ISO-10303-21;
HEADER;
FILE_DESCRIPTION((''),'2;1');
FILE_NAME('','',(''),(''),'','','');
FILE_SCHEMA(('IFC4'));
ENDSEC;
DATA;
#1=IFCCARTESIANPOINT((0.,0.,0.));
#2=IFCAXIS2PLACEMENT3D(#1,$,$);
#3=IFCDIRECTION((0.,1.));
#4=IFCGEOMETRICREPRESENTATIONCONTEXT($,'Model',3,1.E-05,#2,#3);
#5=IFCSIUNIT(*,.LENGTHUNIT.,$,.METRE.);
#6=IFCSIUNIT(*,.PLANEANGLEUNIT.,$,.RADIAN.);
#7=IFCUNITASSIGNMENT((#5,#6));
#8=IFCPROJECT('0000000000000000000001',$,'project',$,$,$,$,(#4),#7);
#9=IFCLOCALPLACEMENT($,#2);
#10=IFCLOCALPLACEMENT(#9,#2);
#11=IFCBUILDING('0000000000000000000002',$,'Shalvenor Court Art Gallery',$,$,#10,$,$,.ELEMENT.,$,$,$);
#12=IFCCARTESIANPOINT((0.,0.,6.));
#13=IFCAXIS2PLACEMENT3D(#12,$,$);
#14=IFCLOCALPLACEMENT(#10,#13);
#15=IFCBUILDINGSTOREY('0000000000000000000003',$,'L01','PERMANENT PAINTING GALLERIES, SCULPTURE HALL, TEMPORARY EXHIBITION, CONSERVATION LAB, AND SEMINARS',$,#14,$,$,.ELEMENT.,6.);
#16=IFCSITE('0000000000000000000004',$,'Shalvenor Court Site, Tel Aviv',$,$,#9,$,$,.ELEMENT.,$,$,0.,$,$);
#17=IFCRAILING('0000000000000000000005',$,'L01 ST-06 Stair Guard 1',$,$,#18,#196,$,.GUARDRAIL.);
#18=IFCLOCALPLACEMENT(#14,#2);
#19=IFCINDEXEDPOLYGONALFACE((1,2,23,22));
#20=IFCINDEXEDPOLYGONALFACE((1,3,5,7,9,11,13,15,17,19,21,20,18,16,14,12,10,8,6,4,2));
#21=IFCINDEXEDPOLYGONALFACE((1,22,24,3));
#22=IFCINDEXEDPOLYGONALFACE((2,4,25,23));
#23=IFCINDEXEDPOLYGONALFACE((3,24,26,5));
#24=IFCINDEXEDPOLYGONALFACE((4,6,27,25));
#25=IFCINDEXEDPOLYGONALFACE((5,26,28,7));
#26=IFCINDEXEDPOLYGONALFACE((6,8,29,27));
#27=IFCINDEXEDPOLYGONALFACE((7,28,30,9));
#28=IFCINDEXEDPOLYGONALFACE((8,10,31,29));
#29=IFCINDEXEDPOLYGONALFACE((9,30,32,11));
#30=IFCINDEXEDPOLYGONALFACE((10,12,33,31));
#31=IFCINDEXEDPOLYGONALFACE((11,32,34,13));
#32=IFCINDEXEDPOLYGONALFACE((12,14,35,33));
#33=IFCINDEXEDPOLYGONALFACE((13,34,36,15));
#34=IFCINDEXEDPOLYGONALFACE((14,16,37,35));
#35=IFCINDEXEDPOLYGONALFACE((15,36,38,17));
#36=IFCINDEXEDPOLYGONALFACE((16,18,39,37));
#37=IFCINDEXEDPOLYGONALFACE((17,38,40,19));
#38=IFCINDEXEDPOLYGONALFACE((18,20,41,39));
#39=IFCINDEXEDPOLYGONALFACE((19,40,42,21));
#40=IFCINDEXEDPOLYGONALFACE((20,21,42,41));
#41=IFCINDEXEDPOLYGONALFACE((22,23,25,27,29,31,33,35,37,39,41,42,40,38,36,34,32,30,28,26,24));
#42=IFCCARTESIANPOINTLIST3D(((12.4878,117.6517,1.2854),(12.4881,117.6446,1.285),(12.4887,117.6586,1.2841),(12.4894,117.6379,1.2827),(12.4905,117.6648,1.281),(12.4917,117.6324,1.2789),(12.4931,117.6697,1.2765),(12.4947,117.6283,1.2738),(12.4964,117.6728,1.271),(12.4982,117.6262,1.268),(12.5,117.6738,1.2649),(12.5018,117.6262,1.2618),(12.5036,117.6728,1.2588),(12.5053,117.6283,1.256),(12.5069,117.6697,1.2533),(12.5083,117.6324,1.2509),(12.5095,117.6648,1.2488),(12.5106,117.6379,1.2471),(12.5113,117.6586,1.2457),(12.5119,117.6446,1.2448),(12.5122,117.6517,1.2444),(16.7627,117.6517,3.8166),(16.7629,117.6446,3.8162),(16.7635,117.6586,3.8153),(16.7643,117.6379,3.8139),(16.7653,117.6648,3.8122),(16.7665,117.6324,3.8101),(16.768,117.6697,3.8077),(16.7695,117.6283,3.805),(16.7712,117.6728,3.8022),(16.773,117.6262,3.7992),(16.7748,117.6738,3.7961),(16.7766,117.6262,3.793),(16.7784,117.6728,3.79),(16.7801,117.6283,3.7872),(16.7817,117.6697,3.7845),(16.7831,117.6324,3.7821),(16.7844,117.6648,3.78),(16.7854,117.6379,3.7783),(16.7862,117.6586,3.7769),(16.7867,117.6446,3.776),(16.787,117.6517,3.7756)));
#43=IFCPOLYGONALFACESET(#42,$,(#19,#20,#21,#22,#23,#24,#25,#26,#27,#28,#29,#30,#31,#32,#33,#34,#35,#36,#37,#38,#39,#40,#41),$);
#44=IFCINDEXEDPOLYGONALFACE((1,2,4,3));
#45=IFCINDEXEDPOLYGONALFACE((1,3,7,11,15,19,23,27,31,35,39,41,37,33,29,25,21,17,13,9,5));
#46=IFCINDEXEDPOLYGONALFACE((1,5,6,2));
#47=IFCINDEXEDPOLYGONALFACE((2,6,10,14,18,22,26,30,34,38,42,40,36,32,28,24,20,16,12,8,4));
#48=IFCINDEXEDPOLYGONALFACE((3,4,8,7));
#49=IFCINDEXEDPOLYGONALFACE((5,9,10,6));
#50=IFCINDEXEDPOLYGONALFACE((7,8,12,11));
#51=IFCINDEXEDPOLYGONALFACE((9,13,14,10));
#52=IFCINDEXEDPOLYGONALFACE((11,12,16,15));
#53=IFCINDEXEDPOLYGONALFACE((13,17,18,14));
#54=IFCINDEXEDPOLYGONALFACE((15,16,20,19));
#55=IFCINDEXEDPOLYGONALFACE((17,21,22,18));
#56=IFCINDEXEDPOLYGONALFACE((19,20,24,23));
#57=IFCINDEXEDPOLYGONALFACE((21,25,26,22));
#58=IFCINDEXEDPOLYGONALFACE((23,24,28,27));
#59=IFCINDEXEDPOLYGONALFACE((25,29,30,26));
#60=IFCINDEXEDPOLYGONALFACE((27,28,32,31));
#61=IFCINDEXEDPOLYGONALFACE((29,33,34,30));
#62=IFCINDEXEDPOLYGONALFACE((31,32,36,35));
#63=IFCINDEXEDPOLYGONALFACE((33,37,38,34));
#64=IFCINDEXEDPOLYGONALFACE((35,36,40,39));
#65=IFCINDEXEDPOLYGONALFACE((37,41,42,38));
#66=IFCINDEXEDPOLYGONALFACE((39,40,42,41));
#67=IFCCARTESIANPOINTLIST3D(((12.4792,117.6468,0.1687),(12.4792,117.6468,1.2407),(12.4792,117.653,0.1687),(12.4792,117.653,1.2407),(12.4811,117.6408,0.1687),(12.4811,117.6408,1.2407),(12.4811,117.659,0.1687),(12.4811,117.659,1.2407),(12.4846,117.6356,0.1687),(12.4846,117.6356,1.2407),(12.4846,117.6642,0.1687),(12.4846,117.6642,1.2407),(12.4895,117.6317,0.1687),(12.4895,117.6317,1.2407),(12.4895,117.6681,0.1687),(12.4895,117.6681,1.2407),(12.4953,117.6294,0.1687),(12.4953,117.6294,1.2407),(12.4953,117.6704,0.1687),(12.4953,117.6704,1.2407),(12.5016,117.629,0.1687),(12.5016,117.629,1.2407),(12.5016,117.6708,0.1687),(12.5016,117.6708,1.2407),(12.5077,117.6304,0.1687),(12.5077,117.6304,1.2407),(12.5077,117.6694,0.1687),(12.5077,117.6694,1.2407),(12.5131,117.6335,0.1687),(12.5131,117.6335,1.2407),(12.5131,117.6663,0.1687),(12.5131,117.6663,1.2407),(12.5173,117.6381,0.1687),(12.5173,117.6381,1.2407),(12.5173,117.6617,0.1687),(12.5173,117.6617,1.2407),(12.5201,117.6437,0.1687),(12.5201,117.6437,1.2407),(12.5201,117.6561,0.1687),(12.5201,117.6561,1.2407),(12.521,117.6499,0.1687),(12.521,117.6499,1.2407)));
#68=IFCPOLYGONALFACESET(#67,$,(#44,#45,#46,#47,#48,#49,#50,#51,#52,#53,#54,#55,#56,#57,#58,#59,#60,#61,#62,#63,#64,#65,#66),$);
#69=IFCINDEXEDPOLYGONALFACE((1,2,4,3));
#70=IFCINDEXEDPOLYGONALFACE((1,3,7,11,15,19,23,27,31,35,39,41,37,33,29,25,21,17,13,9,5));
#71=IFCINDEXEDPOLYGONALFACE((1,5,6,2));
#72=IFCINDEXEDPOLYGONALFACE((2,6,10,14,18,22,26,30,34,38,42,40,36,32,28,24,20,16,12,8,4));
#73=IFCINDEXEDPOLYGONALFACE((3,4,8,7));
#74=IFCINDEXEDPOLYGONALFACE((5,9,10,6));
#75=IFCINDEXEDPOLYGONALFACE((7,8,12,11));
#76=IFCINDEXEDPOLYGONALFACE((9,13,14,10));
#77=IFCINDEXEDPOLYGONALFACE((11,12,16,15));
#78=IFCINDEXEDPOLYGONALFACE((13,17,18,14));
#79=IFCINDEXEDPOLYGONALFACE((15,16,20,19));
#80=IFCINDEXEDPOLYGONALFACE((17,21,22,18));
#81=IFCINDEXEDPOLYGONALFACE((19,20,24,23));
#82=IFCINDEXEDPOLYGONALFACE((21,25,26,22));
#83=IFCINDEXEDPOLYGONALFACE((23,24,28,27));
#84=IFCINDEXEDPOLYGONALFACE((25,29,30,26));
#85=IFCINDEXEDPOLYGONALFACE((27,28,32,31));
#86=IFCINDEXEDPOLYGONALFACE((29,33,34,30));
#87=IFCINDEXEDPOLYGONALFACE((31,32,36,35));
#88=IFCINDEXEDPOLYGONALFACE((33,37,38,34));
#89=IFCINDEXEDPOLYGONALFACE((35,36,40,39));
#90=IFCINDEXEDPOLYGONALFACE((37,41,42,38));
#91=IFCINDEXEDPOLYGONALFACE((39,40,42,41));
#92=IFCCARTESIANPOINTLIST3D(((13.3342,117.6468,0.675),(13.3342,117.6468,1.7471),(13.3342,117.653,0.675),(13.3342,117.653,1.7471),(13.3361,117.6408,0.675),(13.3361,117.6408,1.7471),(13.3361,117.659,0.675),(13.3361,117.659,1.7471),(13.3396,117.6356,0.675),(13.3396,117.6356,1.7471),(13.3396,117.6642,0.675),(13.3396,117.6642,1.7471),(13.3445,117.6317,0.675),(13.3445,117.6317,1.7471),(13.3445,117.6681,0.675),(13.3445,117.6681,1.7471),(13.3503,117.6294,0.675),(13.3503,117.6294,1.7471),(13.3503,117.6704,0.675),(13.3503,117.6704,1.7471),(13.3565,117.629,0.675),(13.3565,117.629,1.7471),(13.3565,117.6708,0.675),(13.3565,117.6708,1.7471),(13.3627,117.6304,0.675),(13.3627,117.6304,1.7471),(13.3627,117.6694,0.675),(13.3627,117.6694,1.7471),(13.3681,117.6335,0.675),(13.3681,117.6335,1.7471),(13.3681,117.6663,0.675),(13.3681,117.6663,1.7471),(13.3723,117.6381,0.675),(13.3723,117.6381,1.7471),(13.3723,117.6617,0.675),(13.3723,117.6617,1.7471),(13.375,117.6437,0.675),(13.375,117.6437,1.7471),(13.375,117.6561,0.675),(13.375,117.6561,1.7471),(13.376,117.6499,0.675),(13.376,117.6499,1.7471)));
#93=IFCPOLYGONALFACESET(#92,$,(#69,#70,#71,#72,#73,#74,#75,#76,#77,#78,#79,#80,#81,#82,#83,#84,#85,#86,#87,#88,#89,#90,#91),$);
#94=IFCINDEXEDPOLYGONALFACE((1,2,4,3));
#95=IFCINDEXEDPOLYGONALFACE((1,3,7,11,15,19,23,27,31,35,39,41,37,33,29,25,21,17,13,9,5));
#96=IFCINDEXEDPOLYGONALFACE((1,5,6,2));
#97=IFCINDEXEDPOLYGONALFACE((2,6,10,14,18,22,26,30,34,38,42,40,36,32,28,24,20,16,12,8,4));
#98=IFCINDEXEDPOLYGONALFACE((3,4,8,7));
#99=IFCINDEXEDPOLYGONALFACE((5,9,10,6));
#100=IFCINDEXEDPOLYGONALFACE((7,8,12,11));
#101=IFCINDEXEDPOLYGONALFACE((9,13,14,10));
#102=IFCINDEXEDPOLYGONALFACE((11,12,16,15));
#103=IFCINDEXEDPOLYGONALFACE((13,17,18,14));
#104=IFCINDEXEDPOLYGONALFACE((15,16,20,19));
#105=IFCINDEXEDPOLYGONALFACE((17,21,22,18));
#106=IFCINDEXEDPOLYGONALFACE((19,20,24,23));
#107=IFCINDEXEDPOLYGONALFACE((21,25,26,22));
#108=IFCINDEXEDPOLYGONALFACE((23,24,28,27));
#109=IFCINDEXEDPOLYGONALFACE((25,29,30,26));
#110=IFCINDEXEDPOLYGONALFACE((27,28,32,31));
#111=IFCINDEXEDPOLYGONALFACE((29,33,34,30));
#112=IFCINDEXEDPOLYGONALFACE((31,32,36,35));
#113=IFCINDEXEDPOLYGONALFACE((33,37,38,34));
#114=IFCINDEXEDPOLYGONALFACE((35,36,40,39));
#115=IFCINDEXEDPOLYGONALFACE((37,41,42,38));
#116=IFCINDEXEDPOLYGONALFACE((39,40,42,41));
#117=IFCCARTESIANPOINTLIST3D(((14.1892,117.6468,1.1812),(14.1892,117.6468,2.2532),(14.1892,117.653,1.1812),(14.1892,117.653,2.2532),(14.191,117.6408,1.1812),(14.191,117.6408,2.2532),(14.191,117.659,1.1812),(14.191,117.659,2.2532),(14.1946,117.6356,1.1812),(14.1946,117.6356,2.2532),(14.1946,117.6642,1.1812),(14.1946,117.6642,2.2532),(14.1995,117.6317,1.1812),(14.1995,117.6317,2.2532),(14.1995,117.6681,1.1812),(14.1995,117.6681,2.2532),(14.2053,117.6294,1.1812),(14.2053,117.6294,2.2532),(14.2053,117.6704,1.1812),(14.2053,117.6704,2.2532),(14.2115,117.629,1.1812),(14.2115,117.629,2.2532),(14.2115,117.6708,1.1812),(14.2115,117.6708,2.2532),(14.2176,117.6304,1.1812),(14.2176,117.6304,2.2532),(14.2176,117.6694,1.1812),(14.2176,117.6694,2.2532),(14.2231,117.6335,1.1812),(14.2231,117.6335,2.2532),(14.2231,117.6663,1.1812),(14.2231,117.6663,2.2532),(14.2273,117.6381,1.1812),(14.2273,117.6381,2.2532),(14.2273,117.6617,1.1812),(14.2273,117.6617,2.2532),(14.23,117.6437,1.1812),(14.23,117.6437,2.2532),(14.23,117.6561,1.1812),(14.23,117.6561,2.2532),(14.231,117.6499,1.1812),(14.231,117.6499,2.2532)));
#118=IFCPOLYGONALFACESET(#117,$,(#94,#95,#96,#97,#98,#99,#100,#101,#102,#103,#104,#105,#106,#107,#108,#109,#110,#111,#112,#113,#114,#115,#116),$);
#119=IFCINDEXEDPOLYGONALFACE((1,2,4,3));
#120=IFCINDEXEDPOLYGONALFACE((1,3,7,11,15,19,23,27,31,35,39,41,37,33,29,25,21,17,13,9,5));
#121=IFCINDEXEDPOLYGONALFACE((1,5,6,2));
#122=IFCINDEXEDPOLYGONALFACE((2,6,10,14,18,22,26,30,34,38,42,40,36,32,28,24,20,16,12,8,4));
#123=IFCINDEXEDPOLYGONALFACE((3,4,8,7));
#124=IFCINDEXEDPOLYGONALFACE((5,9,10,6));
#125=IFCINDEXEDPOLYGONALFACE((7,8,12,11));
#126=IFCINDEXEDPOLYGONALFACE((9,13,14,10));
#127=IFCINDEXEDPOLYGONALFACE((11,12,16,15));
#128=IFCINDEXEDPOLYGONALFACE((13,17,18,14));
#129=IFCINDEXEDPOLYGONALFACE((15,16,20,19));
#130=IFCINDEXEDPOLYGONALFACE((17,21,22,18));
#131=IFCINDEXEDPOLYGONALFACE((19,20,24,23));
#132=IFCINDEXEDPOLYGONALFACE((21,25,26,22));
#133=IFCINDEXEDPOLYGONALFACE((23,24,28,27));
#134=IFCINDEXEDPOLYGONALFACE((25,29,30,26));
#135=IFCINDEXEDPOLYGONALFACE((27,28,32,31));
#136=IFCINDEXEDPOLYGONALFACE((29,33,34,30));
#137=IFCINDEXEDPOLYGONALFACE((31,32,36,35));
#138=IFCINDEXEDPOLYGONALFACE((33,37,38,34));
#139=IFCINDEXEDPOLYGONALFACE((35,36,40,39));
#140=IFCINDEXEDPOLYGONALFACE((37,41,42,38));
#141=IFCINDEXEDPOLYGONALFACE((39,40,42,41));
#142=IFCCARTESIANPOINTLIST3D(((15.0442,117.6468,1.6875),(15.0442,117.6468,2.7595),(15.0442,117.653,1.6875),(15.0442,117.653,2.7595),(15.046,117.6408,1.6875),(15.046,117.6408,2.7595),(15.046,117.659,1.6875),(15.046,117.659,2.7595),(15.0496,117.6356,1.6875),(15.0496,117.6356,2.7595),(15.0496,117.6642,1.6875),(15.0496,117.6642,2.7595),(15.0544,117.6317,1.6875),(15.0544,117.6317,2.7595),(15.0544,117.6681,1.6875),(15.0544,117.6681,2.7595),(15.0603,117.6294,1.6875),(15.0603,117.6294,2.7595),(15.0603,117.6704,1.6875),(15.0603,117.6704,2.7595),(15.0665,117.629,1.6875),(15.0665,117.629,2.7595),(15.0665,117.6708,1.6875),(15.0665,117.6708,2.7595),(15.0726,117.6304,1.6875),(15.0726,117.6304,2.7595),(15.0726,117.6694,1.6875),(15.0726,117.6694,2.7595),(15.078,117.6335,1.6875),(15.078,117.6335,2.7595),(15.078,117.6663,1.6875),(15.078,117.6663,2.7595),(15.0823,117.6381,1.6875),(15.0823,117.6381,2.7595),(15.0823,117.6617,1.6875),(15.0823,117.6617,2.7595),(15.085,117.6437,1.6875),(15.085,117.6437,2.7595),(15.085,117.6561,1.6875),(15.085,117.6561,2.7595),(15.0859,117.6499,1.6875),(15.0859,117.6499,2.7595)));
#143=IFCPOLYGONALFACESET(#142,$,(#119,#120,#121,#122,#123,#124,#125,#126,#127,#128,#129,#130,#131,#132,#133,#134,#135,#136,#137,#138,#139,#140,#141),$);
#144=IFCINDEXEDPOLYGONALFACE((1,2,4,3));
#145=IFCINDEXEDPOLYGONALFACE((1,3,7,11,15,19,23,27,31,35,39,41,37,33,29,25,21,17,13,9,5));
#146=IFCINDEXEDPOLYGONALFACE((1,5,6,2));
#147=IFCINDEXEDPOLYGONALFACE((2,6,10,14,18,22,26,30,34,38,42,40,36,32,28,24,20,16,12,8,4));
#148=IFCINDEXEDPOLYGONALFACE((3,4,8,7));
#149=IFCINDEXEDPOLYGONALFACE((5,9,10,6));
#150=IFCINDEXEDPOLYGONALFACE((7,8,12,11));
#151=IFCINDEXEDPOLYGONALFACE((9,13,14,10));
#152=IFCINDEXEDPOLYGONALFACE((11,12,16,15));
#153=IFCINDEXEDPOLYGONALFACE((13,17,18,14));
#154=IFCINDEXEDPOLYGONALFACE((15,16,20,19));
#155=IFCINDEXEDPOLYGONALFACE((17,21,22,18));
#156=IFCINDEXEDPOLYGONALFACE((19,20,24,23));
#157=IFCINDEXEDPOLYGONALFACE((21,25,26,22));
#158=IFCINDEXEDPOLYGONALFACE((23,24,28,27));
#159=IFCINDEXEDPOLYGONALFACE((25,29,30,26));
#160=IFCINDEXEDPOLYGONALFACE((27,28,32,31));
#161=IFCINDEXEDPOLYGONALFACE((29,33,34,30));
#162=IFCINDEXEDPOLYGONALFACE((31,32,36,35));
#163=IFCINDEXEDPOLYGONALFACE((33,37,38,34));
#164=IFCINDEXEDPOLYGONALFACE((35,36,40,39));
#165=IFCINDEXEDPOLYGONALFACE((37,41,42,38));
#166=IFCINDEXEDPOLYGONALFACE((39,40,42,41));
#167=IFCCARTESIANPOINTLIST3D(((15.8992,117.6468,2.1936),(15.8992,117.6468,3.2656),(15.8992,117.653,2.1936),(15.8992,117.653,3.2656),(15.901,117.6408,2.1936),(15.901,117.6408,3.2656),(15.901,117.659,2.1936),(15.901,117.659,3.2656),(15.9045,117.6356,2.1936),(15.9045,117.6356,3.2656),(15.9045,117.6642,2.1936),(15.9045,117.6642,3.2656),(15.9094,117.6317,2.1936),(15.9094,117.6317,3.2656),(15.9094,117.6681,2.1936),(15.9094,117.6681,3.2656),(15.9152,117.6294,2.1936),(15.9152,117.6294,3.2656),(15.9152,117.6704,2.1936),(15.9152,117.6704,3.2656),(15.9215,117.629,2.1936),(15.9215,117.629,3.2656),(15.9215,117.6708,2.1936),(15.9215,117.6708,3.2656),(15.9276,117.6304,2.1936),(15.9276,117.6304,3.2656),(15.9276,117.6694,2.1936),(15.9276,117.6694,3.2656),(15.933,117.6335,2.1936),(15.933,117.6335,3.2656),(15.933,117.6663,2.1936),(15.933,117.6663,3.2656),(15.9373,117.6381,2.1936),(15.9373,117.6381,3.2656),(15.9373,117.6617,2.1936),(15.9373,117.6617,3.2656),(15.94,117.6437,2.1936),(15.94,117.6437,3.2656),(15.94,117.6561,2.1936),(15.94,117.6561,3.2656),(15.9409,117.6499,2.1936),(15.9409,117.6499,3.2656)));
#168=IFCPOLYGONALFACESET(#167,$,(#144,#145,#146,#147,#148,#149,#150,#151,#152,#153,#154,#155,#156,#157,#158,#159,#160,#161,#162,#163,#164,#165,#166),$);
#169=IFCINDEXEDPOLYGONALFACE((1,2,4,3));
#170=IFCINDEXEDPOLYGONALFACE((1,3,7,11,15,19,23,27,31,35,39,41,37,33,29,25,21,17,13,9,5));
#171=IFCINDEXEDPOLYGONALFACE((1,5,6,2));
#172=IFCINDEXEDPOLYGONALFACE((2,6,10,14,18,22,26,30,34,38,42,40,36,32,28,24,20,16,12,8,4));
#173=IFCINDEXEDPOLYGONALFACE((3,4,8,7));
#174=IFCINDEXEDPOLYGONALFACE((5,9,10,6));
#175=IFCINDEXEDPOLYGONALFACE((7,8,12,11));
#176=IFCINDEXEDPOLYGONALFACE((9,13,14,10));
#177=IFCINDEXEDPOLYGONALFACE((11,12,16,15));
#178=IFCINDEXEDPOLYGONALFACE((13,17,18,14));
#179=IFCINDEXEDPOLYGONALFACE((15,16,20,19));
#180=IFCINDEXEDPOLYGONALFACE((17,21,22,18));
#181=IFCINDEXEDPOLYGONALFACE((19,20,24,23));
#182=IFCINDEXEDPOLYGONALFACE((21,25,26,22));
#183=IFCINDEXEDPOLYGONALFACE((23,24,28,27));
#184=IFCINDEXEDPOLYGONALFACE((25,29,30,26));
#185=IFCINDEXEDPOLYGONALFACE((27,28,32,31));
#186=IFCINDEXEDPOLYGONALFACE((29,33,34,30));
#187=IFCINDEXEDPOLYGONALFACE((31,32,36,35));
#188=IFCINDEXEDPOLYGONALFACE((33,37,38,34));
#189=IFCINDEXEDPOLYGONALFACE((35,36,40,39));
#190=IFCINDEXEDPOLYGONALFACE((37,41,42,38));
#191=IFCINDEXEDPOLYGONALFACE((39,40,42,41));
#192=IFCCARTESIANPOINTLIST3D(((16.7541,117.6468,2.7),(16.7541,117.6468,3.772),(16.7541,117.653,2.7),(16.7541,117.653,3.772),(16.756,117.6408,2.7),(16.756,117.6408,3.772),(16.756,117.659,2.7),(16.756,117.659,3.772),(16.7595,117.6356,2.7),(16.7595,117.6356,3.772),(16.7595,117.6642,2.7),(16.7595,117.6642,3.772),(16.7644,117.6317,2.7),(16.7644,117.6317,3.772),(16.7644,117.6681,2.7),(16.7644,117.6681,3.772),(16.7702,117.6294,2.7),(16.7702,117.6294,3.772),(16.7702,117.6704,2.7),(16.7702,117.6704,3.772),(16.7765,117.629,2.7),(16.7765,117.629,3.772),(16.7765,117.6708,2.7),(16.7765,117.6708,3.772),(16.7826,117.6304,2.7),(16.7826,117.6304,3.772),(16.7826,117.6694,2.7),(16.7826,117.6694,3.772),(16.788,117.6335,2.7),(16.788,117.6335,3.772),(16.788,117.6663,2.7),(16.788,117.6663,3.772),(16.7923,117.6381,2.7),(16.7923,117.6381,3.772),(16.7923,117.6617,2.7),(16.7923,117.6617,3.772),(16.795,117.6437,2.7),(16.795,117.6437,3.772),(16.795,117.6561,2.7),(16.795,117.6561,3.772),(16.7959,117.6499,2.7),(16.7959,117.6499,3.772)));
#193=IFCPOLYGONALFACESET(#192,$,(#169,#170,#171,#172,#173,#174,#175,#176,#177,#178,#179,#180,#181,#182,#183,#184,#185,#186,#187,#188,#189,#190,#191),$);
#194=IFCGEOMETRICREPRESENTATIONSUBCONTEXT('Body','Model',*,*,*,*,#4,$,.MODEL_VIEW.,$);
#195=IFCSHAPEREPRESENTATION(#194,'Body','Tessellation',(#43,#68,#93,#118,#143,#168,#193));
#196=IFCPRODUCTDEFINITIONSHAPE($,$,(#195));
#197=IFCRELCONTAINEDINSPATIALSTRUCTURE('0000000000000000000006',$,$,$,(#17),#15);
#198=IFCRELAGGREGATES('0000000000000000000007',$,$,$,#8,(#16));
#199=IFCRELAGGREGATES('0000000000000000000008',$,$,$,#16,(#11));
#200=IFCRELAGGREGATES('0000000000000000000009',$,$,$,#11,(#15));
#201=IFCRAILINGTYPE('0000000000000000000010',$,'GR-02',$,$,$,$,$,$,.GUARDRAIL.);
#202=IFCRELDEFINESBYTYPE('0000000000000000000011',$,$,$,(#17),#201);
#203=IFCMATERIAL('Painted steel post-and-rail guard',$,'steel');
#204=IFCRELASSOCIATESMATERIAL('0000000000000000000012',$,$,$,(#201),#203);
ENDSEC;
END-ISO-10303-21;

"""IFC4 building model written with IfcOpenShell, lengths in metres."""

from ifc_helpers import new_model, si_unit, direction, frame, origin, origin_2d, place, context, subcontext, project, spatial, circle, extrude, material, type_object, element, save


model = new_model("IFC4")

# Units and contexts
model_context = context("Model", 3, precision=1e-05, world=origin(), true_north=direction((0.0, 1.0)))
body_context = subcontext(model_context, "Body", "Model", "MODEL_VIEW")
ifc_project = project(units=[si_unit("LENGTHUNIT", "METRE"), si_unit("PLANEANGLEUNIT", "RADIAN")], contexts=[model_context])

# Site, building, storey
site_placement = place(None, origin())
site = spatial("IfcSite", under=ifc_project, at=site_placement, Name="Shalvenor Court Site, Tel Aviv", CompositionType="ELEMENT", RefElevation=0.0)
building_placement = place(site_placement, origin())
building = spatial("IfcBuilding", under=site, at=building_placement, Name="Shalvenor Court Art Gallery", CompositionType="ELEMENT")
storey_placement = place(building_placement, frame((0.0, 0.0, 6.0)))
storey = spatial("IfcBuildingStorey", under=building, at=storey_placement, Name="L01", Description="PERMANENT PAINTING GALLERIES, SCULPTURE HALL, TEMPORARY EXHIBITION, CONSERVATION LAB, AND SEMINARS", CompositionType="ELEMENT", Elevation=6.0)

# Railing
ifc_material_1 = material(Name="Painted steel post-and-rail guard", Category="steel")
railing_type_1 = type_object("IfcRailingType", Name="GR-02", PredefinedType="GUARDRAIL", material=ifc_material_1)
railing_1_placement = place(storey_placement, frame((12.5, 117.6499, 0.1687)))
element("IfcRailing", 1, at=railing_1_placement, inside=storey, type_object=railing_type_1, Name="L01 ST-06 Stair Guard 1", PredefinedType="GUARDRAIL", context=body_context, shape_type="SweptSolid", body=[
    extrude(circle(Radius=0.0239, at=origin_2d()), frame((0.0, 0.0, 1.0962), z_axis=(0.86047, 0.0, 0.509501), x_axis=(0.0, 1.0, 0.0)), (0.0, 0.0, 1.0), 4.968),
    extrude(circle(Radius=0.021, at=origin_2d()), origin(), (0.0, 0.0, 1.0), 1.072),
    extrude(circle(Radius=0.021, at=origin_2d()), frame((0.855, 0.0, 0.5063)), (0.0, 0.0, 1.0), 1.072),
    extrude(circle(Radius=0.021, at=origin_2d()), frame((1.71, 0.0, 1.0125)), (0.0, 0.0, 1.0), 1.072),
    extrude(circle(Radius=0.021, at=origin_2d()), frame((2.5649, 0.0, 1.5188)), (0.0, 0.0, 1.0), 1.072),
    extrude(circle(Radius=0.021, at=origin_2d()), frame((3.4199, 0.0, 2.0249)), (0.0, 0.0, 1.0), 1.072),
    extrude(circle(Radius=0.021, at=origin_2d()), frame((4.2749, 0.0, 2.5312)), (0.0, 0.0, 1.0), 1.072),
])

save(model, "model.ifc")
